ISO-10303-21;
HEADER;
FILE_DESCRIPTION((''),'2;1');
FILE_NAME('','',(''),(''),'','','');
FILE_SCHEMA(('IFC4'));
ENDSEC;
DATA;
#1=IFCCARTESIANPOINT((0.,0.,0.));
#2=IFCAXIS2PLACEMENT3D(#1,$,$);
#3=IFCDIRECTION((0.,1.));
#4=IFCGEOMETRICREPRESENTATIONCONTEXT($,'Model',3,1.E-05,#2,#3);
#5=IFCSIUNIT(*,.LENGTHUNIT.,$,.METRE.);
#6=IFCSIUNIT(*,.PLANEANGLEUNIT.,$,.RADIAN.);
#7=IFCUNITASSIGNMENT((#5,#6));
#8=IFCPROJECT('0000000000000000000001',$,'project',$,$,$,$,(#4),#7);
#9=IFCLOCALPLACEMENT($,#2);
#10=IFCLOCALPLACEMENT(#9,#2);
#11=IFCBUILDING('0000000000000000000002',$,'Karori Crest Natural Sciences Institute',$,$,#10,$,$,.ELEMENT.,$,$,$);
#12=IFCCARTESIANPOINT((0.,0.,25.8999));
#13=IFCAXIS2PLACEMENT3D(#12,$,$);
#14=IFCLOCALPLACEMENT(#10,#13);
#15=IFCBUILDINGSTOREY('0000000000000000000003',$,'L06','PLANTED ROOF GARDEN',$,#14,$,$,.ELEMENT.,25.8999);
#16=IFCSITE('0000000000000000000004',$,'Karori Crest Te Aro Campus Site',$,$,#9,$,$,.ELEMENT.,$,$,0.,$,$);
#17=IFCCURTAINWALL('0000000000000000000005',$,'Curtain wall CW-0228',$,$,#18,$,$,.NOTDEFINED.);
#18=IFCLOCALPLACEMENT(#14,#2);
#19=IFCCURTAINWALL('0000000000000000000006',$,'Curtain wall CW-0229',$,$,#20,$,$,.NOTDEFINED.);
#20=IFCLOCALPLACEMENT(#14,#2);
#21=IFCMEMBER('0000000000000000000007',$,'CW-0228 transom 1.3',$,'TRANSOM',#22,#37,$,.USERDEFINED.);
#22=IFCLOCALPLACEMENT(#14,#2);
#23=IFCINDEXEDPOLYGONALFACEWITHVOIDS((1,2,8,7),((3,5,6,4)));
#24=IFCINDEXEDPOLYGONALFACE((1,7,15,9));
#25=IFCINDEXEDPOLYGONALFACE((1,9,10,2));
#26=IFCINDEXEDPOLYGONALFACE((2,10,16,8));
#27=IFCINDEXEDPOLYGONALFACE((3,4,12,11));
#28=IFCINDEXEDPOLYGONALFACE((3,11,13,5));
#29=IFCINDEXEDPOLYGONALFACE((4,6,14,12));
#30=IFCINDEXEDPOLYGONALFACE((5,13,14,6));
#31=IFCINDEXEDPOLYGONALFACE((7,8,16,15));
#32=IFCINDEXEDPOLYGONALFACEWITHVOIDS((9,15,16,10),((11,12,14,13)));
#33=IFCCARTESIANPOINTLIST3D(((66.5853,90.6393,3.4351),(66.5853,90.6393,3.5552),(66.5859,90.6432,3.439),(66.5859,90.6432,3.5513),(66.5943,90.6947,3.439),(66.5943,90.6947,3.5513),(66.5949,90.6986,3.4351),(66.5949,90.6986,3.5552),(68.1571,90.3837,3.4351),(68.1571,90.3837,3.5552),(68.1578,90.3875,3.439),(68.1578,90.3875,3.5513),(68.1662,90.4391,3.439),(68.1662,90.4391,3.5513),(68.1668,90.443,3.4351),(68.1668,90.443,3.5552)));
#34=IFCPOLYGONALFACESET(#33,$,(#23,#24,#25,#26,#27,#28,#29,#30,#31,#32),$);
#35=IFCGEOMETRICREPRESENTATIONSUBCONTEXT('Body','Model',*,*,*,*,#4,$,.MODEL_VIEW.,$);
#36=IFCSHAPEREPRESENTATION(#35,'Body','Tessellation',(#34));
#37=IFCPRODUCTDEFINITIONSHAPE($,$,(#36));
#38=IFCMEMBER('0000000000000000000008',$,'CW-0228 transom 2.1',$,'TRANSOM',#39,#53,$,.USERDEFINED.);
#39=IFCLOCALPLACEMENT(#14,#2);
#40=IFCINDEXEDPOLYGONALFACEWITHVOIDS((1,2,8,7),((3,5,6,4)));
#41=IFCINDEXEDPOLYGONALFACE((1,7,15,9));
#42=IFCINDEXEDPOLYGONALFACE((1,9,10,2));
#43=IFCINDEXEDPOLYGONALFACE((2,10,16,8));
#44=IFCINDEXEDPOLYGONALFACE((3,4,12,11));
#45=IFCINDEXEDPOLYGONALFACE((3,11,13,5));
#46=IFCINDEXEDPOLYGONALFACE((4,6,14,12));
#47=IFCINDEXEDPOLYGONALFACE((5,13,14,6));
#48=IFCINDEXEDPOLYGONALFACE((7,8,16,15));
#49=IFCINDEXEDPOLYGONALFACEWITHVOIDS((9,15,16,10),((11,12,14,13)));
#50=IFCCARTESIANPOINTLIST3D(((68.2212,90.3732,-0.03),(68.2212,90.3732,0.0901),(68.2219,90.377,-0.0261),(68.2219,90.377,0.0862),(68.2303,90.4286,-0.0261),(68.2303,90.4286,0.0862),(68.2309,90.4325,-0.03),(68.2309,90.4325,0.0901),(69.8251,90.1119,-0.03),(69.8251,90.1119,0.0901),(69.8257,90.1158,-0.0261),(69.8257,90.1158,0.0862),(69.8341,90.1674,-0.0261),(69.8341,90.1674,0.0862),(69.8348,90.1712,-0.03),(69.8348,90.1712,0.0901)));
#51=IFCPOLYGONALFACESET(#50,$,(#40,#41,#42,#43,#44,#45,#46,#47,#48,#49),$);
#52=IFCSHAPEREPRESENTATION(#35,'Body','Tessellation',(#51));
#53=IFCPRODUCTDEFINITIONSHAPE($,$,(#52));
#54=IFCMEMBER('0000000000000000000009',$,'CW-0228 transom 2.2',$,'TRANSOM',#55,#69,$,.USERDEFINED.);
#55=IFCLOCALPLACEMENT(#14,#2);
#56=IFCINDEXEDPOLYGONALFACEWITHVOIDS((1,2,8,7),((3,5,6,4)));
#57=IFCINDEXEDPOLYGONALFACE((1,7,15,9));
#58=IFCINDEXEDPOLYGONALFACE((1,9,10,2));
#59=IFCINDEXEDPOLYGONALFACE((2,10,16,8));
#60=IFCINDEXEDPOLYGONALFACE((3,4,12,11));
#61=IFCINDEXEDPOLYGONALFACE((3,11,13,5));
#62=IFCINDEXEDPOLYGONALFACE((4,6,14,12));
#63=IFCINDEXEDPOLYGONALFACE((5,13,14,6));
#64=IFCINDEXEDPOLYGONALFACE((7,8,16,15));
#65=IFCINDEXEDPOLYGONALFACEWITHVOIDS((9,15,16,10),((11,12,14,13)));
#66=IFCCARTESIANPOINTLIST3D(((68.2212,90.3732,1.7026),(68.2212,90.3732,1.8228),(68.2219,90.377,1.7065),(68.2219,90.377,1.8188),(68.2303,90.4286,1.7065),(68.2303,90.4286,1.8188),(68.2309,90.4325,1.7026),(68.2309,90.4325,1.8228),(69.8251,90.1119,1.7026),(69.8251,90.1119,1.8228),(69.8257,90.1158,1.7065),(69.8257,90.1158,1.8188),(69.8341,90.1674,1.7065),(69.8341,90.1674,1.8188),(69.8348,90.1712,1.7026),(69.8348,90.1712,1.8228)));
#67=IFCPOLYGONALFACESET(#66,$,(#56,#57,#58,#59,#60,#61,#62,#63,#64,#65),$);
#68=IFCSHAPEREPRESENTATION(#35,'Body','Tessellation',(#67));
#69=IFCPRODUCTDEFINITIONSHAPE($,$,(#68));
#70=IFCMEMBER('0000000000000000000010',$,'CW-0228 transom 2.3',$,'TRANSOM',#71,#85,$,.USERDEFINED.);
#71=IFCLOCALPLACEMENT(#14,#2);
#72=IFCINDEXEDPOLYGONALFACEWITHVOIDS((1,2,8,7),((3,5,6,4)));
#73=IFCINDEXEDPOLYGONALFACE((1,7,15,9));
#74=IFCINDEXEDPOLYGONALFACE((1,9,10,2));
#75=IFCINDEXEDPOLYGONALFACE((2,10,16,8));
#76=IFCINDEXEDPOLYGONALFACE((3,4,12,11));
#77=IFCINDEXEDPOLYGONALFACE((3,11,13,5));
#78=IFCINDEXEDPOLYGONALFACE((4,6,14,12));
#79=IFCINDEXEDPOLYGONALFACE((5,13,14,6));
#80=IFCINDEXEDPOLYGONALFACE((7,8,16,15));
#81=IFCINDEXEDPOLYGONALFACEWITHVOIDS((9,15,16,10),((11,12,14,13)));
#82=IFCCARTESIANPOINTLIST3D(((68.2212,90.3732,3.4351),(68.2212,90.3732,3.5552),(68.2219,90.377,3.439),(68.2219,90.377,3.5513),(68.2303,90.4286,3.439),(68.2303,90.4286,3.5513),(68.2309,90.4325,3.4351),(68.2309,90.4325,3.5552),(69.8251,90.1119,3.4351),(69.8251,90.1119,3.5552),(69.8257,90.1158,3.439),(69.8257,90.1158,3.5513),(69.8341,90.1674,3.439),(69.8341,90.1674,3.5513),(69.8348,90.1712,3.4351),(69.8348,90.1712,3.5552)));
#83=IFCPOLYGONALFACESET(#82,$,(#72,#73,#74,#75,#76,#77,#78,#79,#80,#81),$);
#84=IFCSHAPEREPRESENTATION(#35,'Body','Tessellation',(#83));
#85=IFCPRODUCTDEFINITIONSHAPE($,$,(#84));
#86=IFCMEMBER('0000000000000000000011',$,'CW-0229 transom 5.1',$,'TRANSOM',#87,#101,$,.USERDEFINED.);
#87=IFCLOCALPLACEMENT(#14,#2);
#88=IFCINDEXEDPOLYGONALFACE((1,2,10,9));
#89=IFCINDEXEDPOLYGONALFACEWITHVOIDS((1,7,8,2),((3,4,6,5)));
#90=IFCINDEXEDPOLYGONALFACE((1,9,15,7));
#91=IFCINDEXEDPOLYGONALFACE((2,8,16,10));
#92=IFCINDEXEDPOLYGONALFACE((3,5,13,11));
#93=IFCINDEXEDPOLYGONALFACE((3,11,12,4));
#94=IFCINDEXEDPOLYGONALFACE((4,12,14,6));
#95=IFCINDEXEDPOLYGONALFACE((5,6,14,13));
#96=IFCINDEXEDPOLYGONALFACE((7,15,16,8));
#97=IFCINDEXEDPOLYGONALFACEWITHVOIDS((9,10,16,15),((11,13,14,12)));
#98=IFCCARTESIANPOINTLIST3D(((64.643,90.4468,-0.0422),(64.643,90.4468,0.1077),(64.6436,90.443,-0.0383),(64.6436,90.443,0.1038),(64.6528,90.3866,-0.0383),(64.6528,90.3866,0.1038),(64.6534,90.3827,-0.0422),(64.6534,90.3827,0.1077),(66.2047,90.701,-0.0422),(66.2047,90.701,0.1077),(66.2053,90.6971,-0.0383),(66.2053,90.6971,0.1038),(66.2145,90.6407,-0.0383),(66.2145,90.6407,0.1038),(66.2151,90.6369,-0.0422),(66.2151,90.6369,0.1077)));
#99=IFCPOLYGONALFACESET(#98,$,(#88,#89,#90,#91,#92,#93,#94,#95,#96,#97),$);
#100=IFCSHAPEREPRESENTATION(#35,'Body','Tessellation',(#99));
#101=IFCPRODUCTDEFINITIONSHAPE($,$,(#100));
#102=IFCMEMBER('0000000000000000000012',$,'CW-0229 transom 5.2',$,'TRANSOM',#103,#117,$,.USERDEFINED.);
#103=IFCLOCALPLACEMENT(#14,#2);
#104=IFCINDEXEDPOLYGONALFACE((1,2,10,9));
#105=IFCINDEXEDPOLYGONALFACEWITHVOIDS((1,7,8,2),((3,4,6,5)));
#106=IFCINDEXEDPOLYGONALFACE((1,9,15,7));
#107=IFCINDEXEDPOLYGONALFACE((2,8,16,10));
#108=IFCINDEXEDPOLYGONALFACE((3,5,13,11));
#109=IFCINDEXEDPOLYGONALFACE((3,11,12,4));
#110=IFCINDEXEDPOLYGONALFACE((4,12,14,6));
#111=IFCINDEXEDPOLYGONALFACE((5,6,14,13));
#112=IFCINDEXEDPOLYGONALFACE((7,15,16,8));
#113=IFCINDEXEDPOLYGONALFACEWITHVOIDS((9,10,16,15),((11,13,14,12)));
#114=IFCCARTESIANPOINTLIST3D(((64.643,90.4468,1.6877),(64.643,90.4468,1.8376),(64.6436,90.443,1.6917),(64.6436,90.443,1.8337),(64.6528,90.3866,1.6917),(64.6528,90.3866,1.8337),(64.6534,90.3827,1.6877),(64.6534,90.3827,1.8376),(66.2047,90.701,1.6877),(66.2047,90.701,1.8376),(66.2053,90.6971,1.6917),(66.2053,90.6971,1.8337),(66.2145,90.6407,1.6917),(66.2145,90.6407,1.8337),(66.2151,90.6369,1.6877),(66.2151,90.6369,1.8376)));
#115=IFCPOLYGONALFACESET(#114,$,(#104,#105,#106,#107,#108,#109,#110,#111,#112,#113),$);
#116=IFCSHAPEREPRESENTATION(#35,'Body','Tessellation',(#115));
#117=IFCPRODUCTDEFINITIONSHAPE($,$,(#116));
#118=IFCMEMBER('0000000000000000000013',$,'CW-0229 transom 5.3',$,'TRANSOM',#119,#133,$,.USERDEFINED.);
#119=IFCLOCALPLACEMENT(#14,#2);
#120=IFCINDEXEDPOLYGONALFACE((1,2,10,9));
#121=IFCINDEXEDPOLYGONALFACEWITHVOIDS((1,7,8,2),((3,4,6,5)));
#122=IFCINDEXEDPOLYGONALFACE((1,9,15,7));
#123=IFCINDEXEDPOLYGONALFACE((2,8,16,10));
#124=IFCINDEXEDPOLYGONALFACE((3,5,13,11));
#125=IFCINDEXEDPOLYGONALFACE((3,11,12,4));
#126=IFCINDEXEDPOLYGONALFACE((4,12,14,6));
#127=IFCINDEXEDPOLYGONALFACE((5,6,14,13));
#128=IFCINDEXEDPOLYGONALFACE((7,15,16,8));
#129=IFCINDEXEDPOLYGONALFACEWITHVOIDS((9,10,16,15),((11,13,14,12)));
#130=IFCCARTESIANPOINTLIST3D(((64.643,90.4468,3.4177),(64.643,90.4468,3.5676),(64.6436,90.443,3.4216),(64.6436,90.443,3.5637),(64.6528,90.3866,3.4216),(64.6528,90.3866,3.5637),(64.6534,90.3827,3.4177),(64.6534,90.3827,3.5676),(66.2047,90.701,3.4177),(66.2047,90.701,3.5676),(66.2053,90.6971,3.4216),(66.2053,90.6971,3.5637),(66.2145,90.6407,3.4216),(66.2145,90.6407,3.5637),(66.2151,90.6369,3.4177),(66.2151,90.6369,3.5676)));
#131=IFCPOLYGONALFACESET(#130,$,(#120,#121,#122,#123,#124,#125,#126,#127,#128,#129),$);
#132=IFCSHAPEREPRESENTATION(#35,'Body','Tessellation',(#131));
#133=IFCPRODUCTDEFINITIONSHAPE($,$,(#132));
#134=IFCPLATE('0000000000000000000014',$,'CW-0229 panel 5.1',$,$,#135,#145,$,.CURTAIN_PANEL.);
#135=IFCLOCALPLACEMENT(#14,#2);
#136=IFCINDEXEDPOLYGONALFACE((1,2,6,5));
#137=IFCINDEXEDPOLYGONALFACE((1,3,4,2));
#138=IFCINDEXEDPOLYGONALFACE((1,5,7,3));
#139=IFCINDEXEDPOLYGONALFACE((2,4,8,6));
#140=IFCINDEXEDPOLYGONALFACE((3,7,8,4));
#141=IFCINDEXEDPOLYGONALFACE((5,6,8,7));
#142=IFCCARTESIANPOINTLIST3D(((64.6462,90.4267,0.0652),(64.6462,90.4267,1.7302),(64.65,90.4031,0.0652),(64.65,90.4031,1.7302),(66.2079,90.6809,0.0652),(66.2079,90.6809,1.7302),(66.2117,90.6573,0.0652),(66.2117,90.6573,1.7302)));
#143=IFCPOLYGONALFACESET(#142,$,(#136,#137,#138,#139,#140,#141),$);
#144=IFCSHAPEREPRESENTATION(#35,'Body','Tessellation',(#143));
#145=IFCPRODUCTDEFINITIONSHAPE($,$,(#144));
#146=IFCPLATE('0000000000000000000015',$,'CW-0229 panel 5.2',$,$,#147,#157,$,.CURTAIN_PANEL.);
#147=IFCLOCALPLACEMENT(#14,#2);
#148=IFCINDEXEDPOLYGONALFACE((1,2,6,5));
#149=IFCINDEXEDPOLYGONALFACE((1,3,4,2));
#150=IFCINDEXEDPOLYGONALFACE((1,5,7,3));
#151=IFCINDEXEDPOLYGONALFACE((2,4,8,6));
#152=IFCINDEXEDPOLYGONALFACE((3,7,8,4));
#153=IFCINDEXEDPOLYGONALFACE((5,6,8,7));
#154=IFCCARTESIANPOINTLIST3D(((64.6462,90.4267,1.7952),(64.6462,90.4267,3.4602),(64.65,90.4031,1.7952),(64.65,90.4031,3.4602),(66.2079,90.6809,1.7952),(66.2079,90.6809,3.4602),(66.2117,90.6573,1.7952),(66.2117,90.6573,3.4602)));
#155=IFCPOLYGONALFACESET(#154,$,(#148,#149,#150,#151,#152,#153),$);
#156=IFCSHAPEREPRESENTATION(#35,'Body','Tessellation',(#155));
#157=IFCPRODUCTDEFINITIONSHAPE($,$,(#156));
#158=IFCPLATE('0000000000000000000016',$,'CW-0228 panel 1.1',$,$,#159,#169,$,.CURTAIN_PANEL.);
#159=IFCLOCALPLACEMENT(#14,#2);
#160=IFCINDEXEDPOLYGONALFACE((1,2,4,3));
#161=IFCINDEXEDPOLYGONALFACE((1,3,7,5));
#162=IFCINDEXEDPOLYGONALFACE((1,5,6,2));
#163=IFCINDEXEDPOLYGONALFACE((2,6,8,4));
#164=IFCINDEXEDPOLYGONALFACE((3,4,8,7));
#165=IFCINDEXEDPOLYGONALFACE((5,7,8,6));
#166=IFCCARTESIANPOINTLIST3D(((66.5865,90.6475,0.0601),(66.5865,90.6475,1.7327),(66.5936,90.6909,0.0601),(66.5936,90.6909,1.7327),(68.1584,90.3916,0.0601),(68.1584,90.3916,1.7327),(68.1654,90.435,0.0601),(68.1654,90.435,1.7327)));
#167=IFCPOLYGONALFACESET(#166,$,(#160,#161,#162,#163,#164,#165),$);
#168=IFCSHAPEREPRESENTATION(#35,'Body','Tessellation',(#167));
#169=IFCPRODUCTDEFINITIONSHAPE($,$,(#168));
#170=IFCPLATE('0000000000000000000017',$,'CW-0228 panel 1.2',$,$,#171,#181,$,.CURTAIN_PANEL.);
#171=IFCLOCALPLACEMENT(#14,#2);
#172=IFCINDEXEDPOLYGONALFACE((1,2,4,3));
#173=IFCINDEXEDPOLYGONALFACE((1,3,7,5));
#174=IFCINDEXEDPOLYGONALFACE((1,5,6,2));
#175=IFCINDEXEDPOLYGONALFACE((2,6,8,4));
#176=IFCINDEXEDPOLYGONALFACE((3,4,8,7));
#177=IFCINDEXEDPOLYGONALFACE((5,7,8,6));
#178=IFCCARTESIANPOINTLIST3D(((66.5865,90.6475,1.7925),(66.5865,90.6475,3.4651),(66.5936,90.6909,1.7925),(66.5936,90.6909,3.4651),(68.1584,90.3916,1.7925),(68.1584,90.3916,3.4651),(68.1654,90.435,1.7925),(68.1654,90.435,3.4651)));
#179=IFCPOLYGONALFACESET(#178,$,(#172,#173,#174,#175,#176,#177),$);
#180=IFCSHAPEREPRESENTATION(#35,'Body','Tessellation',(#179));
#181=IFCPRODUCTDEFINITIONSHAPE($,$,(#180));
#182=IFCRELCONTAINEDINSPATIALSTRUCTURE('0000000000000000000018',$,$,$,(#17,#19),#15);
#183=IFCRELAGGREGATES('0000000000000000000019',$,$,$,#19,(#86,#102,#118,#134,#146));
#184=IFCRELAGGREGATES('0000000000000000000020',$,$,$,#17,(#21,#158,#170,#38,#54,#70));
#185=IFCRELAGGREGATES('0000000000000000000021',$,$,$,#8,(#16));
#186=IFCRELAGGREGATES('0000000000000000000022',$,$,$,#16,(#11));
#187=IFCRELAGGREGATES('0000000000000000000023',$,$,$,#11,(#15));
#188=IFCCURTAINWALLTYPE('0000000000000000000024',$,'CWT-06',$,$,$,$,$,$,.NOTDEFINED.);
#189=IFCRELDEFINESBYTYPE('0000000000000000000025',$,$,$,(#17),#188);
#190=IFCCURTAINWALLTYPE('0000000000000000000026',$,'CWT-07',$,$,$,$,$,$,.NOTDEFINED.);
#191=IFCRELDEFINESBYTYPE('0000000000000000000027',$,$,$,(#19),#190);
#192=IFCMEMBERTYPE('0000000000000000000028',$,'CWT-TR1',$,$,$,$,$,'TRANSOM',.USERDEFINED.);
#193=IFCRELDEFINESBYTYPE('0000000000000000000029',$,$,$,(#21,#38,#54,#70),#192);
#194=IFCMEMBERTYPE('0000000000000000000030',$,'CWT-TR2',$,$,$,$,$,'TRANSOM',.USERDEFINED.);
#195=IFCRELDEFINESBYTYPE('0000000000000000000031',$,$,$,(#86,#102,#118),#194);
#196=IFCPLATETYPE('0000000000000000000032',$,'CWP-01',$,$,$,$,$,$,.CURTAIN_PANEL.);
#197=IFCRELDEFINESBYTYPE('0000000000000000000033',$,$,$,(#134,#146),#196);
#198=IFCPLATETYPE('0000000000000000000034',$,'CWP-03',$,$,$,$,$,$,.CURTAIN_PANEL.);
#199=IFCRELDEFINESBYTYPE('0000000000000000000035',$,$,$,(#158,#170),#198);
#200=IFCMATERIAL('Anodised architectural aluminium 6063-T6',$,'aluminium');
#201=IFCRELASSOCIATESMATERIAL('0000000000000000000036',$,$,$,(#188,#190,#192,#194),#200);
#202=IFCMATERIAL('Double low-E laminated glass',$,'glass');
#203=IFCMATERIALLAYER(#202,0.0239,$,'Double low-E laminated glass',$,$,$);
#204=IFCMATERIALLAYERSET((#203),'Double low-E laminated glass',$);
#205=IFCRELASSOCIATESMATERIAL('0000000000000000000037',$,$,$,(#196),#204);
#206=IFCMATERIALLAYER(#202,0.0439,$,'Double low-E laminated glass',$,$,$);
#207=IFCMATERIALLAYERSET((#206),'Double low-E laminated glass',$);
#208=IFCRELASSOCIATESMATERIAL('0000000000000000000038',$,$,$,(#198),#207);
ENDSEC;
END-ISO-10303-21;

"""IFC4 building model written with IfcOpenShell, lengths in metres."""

from ifc_helpers import new_model, si_unit, direction, frame, origin, origin_2d, place, context, subcontext, project, spatial, rectangle, hollow_rectangle, extrude, material, layer, layer_set, material_profile, profile_set, type_object, element, aggregate, save


model = new_model("IFC4")

# Units and contexts
model_context = context("Model", 3, precision=1e-05, world=origin(), true_north=direction((0.0, 1.0)))
body_context = subcontext(model_context, "Body", "Model", "MODEL_VIEW")
ifc_project = project(units=[si_unit("LENGTHUNIT", "METRE"), si_unit("PLANEANGLEUNIT", "RADIAN")], contexts=[model_context])

# Site, building, storey
site_placement = place(None, origin())
site = spatial("IfcSite", under=ifc_project, at=site_placement, Name="Karori Crest Te Aro Campus Site", CompositionType="ELEMENT", RefElevation=0.0)
building_placement = place(site_placement, origin())
building = spatial("IfcBuilding", under=site, at=building_placement, Name="Karori Crest Natural Sciences Institute", CompositionType="ELEMENT")
storey_placement = place(building_placement, frame((0.0, 0.0, 25.8999)))
storey = spatial("IfcBuildingStorey", under=building, at=storey_placement, Name="L06", Description="PLANTED ROOF GARDEN", CompositionType="ELEMENT", Elevation=25.8999)

# Curtain walls
ifc_material_1 = material(Name="Anodised architectural aluminium 6063-T6", Category="aluminium")
curtain_wall_type_1 = type_object("IfcCurtainWallType", Name="CWT-06", PredefinedType="NOTDEFINED", material=ifc_material_1)
curtain_wall_1_placement = place(storey_placement, origin())
curtain_wall_1 = element("IfcCurtainWall", 1, at=curtain_wall_1_placement, inside=storey, type_object=curtain_wall_type_1, Name="Curtain wall CW-0228", PredefinedType="NOTDEFINED")
curtain_wall_type_2 = type_object("IfcCurtainWallType", Name="CWT-07", PredefinedType="NOTDEFINED", material=ifc_material_1)
curtain_wall_2_placement = place(storey_placement, origin())
curtain_wall_2 = element("IfcCurtainWall", 2, at=curtain_wall_2_placement, inside=storey, type_object=curtain_wall_type_2, Name="Curtain wall CW-0229", PredefinedType="NOTDEFINED")

# Members
ifc_material_profile_1 = material_profile(ifc_material_1, hollow_rectangle(XDim=0.0601, YDim=0.1201, WallThickness=0.0039, at=origin_2d()), Name="CWT120x60x4")
ifc_profile_set_1 = profile_set([ifc_material_profile_1], Name="Anodised architectural aluminium 6063-T6")
member_type_1 = type_object("IfcMemberType", Name="CWT-TR1", ElementType="TRANSOM", PredefinedType="USERDEFINED", material=ifc_profile_set_1)
member_1_placement = place(storey_placement, frame((66.5901, 90.6689, 3.4951), z_axis=(0.987033, -0.160519, 0.0), x_axis=(0.160519, 0.987033, 0.0)))
member_1 = element("IfcMember", 3, at=member_1_placement, type_object=member_type_1, Name="CW-0228 transom 1.3", ObjectType="TRANSOM", PredefinedType="USERDEFINED", context=body_context, shape_type="SweptSolid", body=[
    extrude(hollow_rectangle(XDim=0.0601, YDim=0.1201, WallThickness=0.0039, at=origin_2d()), origin(), (0.0, 0.0, 1.0), 1.5925),
])
member_2_placement = place(storey_placement, frame((68.2261, 90.4028, 0.03), z_axis=(0.986992, -0.160768, 0.0), x_axis=(0.160768, 0.986992, 0.0)))
member_2 = element("IfcMember", 4, at=member_2_placement, type_object=member_type_1, Name="CW-0228 transom 2.1", ObjectType="TRANSOM", PredefinedType="USERDEFINED", context=body_context, shape_type="SweptSolid", body=[
    extrude(hollow_rectangle(XDim=0.0601, YDim=0.1201, WallThickness=0.0039, at=origin_2d()), origin(), (0.0, 0.0, 1.0), 1.625),
])
member_3_placement = place(storey_placement, frame((68.2261, 90.4028, 1.7627), z_axis=(0.986992, -0.160768, 0.0), x_axis=(0.160768, 0.986992, 0.0)))
member_3 = element("IfcMember", 5, at=member_3_placement, type_object=member_type_1, Name="CW-0228 transom 2.2", ObjectType="TRANSOM", PredefinedType="USERDEFINED", context=body_context, shape_type="SweptSolid", body=[
    extrude(hollow_rectangle(XDim=0.0601, YDim=0.1201, WallThickness=0.0039, at=origin_2d()), origin(), (0.0, 0.0, 1.0), 1.625),
])
member_4_placement = place(storey_placement, frame((68.2261, 90.4028, 3.4951), z_axis=(0.986992, -0.160768, 0.0), x_axis=(0.160768, 0.986992, 0.0)))
member_4 = element("IfcMember", 6, at=member_4_placement, type_object=member_type_1, Name="CW-0228 transom 2.3", ObjectType="TRANSOM", PredefinedType="USERDEFINED", context=body_context, shape_type="SweptSolid", body=[
    extrude(hollow_rectangle(XDim=0.0601, YDim=0.1201, WallThickness=0.0039, at=origin_2d()), origin(), (0.0, 0.0, 1.0), 1.625),
])
ifc_material_profile_2 = material_profile(ifc_material_1, hollow_rectangle(XDim=0.0649, YDim=0.1499, WallThickness=0.0039, at=origin_2d()), Name="CWT150x65x4")
ifc_profile_set_2 = profile_set([ifc_material_profile_2], Name="Anodised architectural aluminium 6063-T6")
member_type_2 = type_object("IfcMemberType", Name="CWT-TR2", ElementType="TRANSOM", PredefinedType="USERDEFINED", material=ifc_profile_set_2)
member_5_placement = place(storey_placement, frame((64.6482, 90.4148, 0.0327), z_axis=(0.987016, 0.16062, 0.0), x_axis=(-0.16062, 0.987016, 0.0)))
member_5 = element("IfcMember", 7, at=member_5_placement, type_object=member_type_2, Name="CW-0229 transom 5.1", ObjectType="TRANSOM", PredefinedType="USERDEFINED", context=body_context, shape_type="SweptSolid", body=[
    extrude(hollow_rectangle(XDim=0.0649, YDim=0.1499, WallThickness=0.0039, at=origin_2d()), origin(), (0.0, 0.0, 1.0), 1.5823),
])
member_6_placement = place(storey_placement, frame((64.6482, 90.4148, 1.7627), z_axis=(0.987016, 0.16062, 0.0), x_axis=(-0.16062, 0.987016, 0.0)))
member_6 = element("IfcMember", 8, at=member_6_placement, type_object=member_type_2, Name="CW-0229 transom 5.2", ObjectType="TRANSOM", PredefinedType="USERDEFINED", context=body_context, shape_type="SweptSolid", body=[
    extrude(hollow_rectangle(XDim=0.0649, YDim=0.1499, WallThickness=0.0039, at=origin_2d()), origin(), (0.0, 0.0, 1.0), 1.5823),
])
member_7_placement = place(storey_placement, frame((64.6482, 90.4148, 3.4927), z_axis=(0.987016, 0.16062, 0.0), x_axis=(-0.16062, 0.987016, 0.0)))
member_7 = element("IfcMember", 9, at=member_7_placement, type_object=member_type_2, Name="CW-0229 transom 5.3", ObjectType="TRANSOM", PredefinedType="USERDEFINED", context=body_context, shape_type="SweptSolid", body=[
    extrude(hollow_rectangle(XDim=0.0649, YDim=0.1499, WallThickness=0.0039, at=origin_2d()), origin(), (0.0, 0.0, 1.0), 1.5823),
])

# Plates
ifc_material_2 = material(Name="Double low-E laminated glass", Category="glass")
ifc_layer_1 = layer(ifc_material_2, 0.0239, Name="Double low-E laminated glass")
ifc_layer_set_1 = layer_set([ifc_layer_1], Name="Double low-E laminated glass")
plate_type_1 = type_object("IfcPlateType", Name="CWP-01", PredefinedType="CURTAIN_PANEL", material=ifc_layer_set_1)
plate_1_placement = place(storey_placement, frame((65.429, 90.542, 0.0652), z_axis=(0.0, 0.0, 1.0), x_axis=(0.987011, 0.16065, 0.0)))
plate_1 = element("IfcPlate", 10, at=plate_1_placement, type_object=plate_type_1, Name="CW-0229 panel 5.1", PredefinedType="CURTAIN_PANEL", context=body_context, shape_type="SweptSolid", body=[
    extrude(rectangle(XDim=1.5823, YDim=0.0239, at=origin_2d()), origin(), (0.0, 0.0, 1.0), 1.665),
])
plate_2_placement = place(storey_placement, frame((65.429, 90.542, 1.7952), z_axis=(0.0, 0.0, 1.0), x_axis=(0.987011, 0.16065, 0.0)))
plate_2 = element("IfcPlate", 11, at=plate_2_placement, type_object=plate_type_1, Name="CW-0229 panel 5.2", PredefinedType="CURTAIN_PANEL", context=body_context, shape_type="SweptSolid", body=[
    extrude(rectangle(XDim=1.5823, YDim=0.0239, at=origin_2d()), origin(), (0.0, 0.0, 1.0), 1.665),
])
aggregate(curtain_wall_2, [member_5, member_6, member_7, plate_1, plate_2])
ifc_layer_2 = layer(ifc_material_2, 0.0439, Name="Double low-E laminated glass")
ifc_layer_set_2 = layer_set([ifc_layer_2], Name="Double low-E laminated glass")
plate_type_2 = type_object("IfcPlateType", Name="CWP-03", PredefinedType="CURTAIN_PANEL", material=ifc_layer_set_2)
plate_3_placement = place(storey_placement, frame((67.376, 90.5413, 0.0601), z_axis=(0.0, 0.0, 1.0), x_axis=(0.987011, -0.160655, 0.0)))
plate_3 = element("IfcPlate", 12, at=plate_3_placement, type_object=plate_type_2, Name="CW-0228 panel 1.1", PredefinedType="CURTAIN_PANEL", context=body_context, shape_type="SweptSolid", body=[
    extrude(rectangle(XDim=1.5925, YDim=0.0439, at=origin_2d()), origin(), (0.0, 0.0, 1.0), 1.6726),
])
plate_4_placement = place(storey_placement, frame((67.376, 90.5413, 1.7925), z_axis=(0.0, 0.0, 1.0), x_axis=(0.987011, -0.160655, 0.0)))
plate_4 = element("IfcPlate", 13, at=plate_4_placement, type_object=plate_type_2, Name="CW-0228 panel 1.2", PredefinedType="CURTAIN_PANEL", context=body_context, shape_type="SweptSolid", body=[
    extrude(rectangle(XDim=1.5925, YDim=0.0439, at=origin_2d()), origin(), (0.0, 0.0, 1.0), 1.6726),
])
aggregate(curtain_wall_1, [member_1, plate_3, plate_4, member_2, member_3, member_4])

save(model, "model.ifc")
